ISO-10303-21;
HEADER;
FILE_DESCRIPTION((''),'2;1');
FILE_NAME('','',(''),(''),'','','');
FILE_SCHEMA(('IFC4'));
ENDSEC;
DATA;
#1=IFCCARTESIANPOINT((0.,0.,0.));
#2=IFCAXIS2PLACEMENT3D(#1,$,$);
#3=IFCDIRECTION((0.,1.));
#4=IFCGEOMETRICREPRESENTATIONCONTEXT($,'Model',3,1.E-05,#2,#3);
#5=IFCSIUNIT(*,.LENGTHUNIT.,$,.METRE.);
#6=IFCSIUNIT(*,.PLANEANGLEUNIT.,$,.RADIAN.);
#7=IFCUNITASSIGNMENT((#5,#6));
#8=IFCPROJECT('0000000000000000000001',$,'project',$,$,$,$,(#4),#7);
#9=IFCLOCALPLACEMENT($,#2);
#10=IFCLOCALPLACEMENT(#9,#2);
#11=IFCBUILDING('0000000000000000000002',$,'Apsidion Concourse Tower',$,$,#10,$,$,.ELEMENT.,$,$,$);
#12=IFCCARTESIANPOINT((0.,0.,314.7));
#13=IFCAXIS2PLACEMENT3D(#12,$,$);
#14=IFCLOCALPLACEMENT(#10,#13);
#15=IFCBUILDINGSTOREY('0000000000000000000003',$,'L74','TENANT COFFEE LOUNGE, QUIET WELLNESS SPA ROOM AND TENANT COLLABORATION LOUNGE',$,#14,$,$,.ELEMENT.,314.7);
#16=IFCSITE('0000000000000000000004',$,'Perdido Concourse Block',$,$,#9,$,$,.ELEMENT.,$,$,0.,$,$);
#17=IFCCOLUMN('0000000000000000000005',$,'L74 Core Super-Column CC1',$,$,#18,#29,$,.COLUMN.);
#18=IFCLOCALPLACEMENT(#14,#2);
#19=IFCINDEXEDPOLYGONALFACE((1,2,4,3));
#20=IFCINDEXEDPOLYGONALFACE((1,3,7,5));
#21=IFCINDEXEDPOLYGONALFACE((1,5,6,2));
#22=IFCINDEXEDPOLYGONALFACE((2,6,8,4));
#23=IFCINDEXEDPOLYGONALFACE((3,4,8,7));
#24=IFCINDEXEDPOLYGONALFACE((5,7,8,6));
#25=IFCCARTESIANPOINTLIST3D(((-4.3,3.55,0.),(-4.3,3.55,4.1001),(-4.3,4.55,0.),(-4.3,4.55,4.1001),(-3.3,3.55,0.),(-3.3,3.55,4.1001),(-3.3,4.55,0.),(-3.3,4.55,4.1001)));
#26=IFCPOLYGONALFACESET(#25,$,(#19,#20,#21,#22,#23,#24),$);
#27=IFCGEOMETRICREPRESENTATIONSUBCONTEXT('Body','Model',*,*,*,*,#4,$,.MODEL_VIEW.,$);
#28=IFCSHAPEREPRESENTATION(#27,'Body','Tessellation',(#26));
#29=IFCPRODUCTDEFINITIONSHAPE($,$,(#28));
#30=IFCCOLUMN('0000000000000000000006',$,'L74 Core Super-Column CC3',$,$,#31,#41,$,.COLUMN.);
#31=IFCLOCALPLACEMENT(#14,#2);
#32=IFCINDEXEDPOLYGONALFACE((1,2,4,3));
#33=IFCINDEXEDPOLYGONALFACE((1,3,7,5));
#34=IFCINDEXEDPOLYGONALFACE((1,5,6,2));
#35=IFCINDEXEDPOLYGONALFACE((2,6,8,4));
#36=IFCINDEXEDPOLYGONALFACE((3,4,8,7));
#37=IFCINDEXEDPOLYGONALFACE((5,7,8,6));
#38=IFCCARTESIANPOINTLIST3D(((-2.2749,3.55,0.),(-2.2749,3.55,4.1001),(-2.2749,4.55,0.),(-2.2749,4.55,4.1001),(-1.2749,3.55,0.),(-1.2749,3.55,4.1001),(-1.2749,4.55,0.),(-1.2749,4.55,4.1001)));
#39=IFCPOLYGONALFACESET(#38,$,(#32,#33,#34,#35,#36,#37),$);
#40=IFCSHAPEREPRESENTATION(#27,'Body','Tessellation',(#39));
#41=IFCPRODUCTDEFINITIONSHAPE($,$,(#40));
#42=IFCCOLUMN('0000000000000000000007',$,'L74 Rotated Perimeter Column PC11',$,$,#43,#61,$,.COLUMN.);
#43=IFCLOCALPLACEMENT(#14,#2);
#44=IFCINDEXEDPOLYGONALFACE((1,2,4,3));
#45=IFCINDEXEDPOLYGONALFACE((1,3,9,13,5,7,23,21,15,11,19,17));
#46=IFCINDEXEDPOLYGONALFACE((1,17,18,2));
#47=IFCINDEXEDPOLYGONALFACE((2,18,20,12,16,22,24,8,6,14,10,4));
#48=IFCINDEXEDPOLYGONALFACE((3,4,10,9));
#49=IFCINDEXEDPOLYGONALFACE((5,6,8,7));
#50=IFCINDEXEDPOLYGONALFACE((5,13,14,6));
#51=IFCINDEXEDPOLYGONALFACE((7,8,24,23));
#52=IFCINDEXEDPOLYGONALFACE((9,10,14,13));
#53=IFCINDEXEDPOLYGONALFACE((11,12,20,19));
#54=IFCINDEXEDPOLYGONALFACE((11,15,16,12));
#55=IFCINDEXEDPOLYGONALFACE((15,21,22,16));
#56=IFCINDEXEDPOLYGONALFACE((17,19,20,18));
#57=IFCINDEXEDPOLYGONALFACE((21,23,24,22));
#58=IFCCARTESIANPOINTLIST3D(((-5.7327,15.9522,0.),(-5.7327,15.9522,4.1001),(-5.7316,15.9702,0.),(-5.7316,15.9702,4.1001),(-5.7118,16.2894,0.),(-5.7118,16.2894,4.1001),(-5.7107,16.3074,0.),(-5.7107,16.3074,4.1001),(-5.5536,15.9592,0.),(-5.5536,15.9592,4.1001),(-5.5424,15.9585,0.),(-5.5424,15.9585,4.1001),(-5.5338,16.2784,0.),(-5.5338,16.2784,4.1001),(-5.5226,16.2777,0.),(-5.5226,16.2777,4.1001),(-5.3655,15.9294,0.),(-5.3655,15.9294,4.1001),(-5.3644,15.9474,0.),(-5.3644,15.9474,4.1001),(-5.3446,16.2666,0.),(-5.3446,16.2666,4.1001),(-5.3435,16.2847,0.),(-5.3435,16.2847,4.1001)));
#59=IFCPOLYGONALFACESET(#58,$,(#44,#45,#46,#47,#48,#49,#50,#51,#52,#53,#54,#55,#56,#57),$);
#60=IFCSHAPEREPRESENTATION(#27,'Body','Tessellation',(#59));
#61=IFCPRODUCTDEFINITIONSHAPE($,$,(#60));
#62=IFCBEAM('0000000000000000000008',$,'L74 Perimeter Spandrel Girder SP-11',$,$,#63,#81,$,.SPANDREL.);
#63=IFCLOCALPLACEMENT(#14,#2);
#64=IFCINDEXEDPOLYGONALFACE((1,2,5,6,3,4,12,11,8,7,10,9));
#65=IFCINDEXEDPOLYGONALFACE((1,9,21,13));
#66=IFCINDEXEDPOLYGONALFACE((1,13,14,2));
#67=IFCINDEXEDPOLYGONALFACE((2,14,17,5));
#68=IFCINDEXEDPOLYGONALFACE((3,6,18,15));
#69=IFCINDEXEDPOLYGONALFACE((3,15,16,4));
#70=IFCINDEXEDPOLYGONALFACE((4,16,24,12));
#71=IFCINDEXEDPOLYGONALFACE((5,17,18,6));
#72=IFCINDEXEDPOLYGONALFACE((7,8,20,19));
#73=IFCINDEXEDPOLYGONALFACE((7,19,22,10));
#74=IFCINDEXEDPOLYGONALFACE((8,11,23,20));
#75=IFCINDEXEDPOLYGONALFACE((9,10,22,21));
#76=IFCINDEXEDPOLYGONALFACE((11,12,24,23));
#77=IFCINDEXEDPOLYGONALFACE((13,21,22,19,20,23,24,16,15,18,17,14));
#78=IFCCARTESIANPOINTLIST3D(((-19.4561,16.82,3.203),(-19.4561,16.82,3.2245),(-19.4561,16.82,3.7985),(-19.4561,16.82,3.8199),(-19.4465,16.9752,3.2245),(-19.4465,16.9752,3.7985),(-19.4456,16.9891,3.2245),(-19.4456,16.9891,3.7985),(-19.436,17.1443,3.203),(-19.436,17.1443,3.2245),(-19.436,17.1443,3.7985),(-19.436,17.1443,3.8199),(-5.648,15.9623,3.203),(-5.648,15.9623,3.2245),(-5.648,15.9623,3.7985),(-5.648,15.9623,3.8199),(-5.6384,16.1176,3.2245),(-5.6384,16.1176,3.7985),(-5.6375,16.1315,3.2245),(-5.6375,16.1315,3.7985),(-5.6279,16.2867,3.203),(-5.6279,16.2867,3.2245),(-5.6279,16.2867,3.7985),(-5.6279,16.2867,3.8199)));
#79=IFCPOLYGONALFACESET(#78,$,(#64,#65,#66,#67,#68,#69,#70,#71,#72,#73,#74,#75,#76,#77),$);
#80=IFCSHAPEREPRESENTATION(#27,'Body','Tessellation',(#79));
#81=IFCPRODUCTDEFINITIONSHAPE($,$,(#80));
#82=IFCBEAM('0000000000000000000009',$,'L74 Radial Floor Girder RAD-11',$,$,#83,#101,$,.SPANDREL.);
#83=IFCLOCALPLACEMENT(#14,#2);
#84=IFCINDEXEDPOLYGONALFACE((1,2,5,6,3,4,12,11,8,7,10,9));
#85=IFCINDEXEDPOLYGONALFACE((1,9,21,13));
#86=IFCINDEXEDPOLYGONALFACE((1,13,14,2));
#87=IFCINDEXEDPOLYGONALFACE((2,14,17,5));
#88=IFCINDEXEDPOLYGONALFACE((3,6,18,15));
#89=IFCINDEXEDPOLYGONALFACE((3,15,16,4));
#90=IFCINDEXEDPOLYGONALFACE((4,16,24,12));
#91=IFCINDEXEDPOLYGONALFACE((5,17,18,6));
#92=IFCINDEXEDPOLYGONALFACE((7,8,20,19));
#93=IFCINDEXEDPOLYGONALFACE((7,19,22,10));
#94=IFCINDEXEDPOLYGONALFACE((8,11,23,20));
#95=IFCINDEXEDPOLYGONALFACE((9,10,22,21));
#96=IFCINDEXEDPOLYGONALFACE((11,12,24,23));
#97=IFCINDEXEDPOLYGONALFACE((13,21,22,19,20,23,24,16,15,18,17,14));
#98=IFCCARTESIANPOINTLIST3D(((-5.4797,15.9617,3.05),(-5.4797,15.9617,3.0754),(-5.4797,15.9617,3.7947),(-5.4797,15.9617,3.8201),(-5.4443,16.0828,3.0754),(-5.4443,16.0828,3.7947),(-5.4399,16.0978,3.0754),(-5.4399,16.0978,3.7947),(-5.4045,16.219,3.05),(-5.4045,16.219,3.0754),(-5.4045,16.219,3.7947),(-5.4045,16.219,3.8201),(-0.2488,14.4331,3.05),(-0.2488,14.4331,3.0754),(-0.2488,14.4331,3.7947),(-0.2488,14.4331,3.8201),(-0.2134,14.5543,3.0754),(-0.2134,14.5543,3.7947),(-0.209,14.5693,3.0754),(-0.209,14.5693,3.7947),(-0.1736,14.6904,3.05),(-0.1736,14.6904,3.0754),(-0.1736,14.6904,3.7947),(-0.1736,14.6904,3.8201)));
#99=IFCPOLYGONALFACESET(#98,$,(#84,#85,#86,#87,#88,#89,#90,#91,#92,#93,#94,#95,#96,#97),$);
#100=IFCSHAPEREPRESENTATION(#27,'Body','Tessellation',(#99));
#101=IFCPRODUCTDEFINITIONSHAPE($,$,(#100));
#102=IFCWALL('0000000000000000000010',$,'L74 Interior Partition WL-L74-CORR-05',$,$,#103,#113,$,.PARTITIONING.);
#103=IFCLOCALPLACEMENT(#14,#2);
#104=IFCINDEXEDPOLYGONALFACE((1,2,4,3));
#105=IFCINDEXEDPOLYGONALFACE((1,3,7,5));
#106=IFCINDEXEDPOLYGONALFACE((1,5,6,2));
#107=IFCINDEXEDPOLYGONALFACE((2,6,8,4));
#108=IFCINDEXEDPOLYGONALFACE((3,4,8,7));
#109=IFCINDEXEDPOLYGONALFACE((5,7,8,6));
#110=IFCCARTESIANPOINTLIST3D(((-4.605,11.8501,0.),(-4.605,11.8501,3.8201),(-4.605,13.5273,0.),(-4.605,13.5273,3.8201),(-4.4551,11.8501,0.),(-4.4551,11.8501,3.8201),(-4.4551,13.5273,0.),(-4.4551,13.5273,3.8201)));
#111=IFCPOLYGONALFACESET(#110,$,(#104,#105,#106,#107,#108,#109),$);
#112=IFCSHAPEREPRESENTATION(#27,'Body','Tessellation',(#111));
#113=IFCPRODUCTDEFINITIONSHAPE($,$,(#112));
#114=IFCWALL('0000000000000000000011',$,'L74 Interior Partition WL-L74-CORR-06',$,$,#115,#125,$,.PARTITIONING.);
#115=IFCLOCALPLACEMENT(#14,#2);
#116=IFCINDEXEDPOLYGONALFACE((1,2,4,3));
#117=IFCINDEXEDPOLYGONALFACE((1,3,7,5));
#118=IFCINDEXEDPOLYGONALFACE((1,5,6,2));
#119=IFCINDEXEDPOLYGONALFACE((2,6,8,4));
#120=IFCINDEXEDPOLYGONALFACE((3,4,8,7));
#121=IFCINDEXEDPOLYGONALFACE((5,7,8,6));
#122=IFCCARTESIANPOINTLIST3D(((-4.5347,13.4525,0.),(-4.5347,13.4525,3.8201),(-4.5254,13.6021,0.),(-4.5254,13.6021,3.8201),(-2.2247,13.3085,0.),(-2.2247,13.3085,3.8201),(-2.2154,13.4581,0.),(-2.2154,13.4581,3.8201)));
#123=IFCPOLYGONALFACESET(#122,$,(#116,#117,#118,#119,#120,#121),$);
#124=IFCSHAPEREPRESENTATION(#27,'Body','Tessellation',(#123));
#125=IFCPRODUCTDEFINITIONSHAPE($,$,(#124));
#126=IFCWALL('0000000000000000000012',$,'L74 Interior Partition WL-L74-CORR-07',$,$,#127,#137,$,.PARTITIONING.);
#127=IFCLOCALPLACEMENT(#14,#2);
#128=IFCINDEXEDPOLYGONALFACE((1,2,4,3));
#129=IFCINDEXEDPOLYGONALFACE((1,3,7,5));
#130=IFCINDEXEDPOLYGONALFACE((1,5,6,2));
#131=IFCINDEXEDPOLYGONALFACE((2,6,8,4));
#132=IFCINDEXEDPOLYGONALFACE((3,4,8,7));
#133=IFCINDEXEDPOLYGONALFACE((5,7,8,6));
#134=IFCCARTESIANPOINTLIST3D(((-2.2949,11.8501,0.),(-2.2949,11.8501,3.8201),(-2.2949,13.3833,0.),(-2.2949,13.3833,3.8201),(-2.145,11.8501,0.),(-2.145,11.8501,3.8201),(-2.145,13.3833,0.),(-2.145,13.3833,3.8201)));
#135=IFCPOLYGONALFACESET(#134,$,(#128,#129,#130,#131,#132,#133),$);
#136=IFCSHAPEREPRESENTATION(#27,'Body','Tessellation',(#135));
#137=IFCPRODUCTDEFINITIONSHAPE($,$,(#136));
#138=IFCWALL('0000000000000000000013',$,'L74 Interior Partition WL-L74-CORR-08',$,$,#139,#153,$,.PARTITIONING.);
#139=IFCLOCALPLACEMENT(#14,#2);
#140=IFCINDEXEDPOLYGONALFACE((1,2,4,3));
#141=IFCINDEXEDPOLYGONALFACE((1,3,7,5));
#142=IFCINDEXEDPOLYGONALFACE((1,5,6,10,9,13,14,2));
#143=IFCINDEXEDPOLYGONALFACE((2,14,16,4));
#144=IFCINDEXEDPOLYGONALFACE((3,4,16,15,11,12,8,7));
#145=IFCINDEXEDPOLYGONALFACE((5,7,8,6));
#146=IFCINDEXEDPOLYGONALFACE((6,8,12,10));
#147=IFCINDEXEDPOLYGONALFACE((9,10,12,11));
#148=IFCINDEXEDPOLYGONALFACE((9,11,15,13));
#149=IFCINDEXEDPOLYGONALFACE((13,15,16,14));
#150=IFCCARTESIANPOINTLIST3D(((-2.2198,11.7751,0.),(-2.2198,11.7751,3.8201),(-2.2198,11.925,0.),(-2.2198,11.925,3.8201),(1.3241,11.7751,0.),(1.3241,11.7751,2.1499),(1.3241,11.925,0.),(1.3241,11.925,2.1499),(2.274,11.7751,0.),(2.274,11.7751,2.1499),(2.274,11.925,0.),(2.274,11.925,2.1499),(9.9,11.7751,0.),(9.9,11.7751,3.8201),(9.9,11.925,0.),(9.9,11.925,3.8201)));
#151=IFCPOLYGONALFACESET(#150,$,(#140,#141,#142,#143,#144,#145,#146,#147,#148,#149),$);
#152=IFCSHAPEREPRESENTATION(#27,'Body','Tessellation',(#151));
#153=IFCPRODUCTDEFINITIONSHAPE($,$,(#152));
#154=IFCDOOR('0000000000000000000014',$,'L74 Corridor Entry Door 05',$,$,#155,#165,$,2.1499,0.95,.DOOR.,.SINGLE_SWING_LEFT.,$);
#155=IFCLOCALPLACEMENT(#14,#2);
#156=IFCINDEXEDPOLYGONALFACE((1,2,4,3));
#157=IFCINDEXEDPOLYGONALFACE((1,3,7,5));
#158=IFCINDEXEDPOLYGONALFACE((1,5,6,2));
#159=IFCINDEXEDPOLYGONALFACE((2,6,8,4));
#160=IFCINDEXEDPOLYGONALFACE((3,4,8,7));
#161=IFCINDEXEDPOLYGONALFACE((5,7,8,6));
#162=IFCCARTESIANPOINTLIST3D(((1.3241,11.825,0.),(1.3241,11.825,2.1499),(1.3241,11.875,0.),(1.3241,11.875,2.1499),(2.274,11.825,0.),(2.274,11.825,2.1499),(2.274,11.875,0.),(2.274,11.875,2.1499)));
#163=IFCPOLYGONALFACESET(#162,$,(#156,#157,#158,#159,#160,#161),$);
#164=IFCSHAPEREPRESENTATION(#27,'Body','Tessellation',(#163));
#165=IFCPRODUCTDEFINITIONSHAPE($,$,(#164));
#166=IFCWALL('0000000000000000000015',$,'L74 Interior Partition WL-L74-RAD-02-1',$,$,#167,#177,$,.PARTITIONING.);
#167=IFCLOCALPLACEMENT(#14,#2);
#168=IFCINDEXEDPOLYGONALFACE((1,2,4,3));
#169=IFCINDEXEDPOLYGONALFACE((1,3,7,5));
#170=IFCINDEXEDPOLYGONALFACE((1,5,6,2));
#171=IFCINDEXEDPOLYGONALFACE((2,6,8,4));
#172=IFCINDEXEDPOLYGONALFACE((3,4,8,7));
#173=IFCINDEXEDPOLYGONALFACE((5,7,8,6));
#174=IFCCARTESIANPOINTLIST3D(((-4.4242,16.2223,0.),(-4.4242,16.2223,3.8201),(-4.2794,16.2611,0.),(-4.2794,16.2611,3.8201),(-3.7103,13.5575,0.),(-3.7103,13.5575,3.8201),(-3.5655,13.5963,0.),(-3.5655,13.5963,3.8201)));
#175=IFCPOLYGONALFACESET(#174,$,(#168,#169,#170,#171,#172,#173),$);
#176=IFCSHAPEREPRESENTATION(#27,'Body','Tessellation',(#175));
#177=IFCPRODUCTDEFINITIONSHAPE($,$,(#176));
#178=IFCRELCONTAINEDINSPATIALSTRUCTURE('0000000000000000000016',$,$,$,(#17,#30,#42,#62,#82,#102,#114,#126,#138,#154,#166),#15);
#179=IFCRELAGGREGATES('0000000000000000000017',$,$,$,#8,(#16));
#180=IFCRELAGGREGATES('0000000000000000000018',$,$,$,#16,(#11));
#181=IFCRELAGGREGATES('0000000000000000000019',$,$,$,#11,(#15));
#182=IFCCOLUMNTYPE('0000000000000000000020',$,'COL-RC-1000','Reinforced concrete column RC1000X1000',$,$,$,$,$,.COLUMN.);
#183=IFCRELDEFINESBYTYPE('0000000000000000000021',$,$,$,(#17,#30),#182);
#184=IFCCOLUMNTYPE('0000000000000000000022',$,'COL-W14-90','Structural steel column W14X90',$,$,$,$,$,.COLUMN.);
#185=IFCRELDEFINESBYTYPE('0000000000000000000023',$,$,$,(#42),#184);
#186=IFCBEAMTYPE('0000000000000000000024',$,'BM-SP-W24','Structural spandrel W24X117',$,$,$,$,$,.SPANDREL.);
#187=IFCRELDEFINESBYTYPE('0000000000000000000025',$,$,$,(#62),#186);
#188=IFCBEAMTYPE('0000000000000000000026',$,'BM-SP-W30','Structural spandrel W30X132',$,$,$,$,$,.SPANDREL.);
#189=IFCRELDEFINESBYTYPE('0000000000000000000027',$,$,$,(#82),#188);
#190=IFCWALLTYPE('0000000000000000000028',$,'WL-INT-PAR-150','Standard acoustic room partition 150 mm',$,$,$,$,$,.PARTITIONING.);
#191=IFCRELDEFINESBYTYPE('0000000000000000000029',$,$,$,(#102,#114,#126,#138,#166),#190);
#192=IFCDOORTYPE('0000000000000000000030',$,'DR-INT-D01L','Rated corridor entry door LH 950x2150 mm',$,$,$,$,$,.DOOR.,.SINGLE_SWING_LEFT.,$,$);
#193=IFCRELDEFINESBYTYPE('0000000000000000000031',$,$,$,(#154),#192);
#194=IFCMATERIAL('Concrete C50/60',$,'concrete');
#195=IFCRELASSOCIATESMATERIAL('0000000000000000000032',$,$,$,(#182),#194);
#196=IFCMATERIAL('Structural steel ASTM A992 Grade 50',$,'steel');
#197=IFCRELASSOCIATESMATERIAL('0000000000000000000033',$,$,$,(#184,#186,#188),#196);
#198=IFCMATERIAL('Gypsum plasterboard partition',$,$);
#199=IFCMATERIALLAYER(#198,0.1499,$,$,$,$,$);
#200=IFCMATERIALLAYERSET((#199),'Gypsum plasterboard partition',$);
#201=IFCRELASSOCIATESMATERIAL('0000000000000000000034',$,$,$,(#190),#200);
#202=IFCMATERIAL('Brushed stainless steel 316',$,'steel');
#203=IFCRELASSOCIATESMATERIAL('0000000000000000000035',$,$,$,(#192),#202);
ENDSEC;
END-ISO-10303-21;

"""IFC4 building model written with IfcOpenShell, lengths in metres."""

from ifc_helpers import new_model, si_unit, direction, frame, frame_2d, origin, origin_2d, place, context, subcontext, project, spatial, rectangle, i_section, extrude, material, layer, layer_set, material_profile, profile_set, type_object, element, fill, save


model = new_model("IFC4")

# Units and contexts
model_context = context("Model", 3, precision=1e-05, world=origin(), true_north=direction((0.0, 1.0)))
body_context = subcontext(model_context, "Body", "Model", "MODEL_VIEW")
ifc_project = project(units=[si_unit("LENGTHUNIT", "METRE"), si_unit("PLANEANGLEUNIT", "RADIAN")], contexts=[model_context])

# Site, building, storey
site_placement = place(None, origin())
site = spatial("IfcSite", under=ifc_project, at=site_placement, Name="Perdido Concourse Block", CompositionType="ELEMENT", RefElevation=0.0)
building_placement = place(site_placement, origin())
building = spatial("IfcBuilding", under=site, at=building_placement, Name="Apsidion Concourse Tower", CompositionType="ELEMENT")
storey_placement = place(building_placement, frame((0.0, 0.0, 314.7)))
storey = spatial("IfcBuildingStorey", under=building, at=storey_placement, Name="L74", Description="TENANT COFFEE LOUNGE, QUIET WELLNESS SPA ROOM AND TENANT COLLABORATION LOUNGE", CompositionType="ELEMENT", Elevation=314.7)

# Columns
ifc_material_1 = material(Name="Concrete C50/60", Category="concrete")
ifc_material_profile_1 = material_profile(ifc_material_1, rectangle(XDim=1.0, YDim=1.0, at=origin_2d()), Name="RC 1000x1000")
ifc_profile_set_1 = profile_set([ifc_material_profile_1], Name="Concrete C50/60")
column_type_1 = type_object("IfcColumnType", Name="COL-RC-1000", Description="Reinforced concrete column RC1000X1000", PredefinedType="COLUMN", material=ifc_profile_set_1)
for number, where, z_axis, x_axis, name in (
    (1, (-3.8, 4.05, 0.0), (0.0, 0.0, 1.0), (1.0, 0.0, 0.0), "L74 Core Super-Column CC1"),
    (2, (-1.7749, 4.05, 0.0), (0.0, 0.0, 1.0), (1.0, 0.0, 0.0), "L74 Core Super-Column CC3"),
):
    element("IfcColumn", number, at=place(storey_placement, frame(where, z_axis=z_axis, x_axis=x_axis)), inside=storey, type_object=column_type_1, Name=name, PredefinedType="COLUMN", context=body_context, shape_type="SweptSolid", body=[
        extrude(rectangle(XDim=1.0, YDim=1.0, at=origin_2d()), origin(), (0.0, 0.0, 1.0), 4.1001),
    ])
ifc_material_2 = material(Name="Structural steel ASTM A992 Grade 50", Category="steel")
ifc_material_profile_2 = material_profile(ifc_material_2, i_section(OverallWidth=0.3679, OverallDepth=0.356, WebThickness=0.0112, FlangeThickness=0.0181, at=origin_2d()), Name="W14X90")
ifc_profile_set_2 = profile_set([ifc_material_profile_2], Name="Structural steel ASTM A992 Grade 50")
column_type_2 = type_object("IfcColumnType", Name="COL-W14-90", Description="Structural steel column W14X90", PredefinedType="COLUMN", material=ifc_profile_set_2)
column_placement = place(storey_placement, frame((-5.5381, 16.1184, 0.0), z_axis=(0.0, 0.0, 1.0), x_axis=(-0.998081, 0.06192, 0.0)))
element("IfcColumn", 3, at=column_placement, inside=storey, type_object=column_type_2, Name="L74 Rotated Perimeter Column PC11", PredefinedType="COLUMN", context=body_context, shape_type="SweptSolid", body=[
    extrude(i_section(OverallWidth=0.3679, OverallDepth=0.356, WebThickness=0.0112, FlangeThickness=0.0181, at=origin_2d()), origin(), (0.0, 0.0, 1.0), 4.1001),
])

# Beams
ifc_material_profile_3 = material_profile(ifc_material_2, i_section(OverallWidth=0.325, OverallDepth=0.6169, WebThickness=0.0139, FlangeThickness=0.0215, at=origin_2d()), Name="W24X117")
ifc_profile_set_3 = profile_set([ifc_material_profile_3], Name="Structural steel ASTM A992 Grade 50")
beam_type_1 = type_object("IfcBeamType", Name="BM-SP-W24", Description="Structural spandrel W24X117", PredefinedType="SPANDREL", material=ifc_profile_set_3)
beam_1_placement = place(storey_placement, frame((-5.6379, 16.1245, 3.5115), z_axis=(-0.998077, 0.061994, 0.0), x_axis=(-0.061994, -0.998077, 0.0)))
element("IfcBeam", 4, at=beam_1_placement, inside=storey, type_object=beam_type_1, Name="L74 Perimeter Spandrel Girder SP-11", PredefinedType="SPANDREL", context=body_context, shape_type="SweptSolid", body=[
    extrude(i_section(OverallWidth=0.325, OverallDepth=0.6169, WebThickness=0.0139, FlangeThickness=0.0215, at=origin_2d()), origin(), (0.0, 0.0, 1.0), 13.8347),
])
ifc_material_profile_4 = material_profile(ifc_material_2, i_section(OverallWidth=0.2681, OverallDepth=0.77, WebThickness=0.0156, FlangeThickness=0.0254, at=origin_2d()), Name="W30X132")
ifc_profile_set_4 = profile_set([ifc_material_profile_4], Name="Structural steel ASTM A992 Grade 50")
beam_type_2 = type_object("IfcBeamType", Name="BM-SP-W30", Description="Structural spandrel W30X132", PredefinedType="SPANDREL", material=ifc_profile_set_4)
beam_2_placement = place(storey_placement, frame((-0.2112, 14.5618, 3.4351), z_axis=(-0.959858, 0.280485, 0.0), x_axis=(-0.280485, -0.959858, 0.0)))
element("IfcBeam", 5, at=beam_2_placement, inside=storey, type_object=beam_type_2, Name="L74 Radial Floor Girder RAD-11", PredefinedType="SPANDREL", context=body_context, shape_type="SweptSolid", body=[
    extrude(i_section(OverallWidth=0.2681, OverallDepth=0.77, WebThickness=0.0156, FlangeThickness=0.0254, at=origin_2d()), origin(), (0.0, 0.0, 1.0), 5.4497),
])

# Walls
ifc_material_3 = material(Name="Gypsum plasterboard partition")
ifc_layer_1 = layer(ifc_material_3, 0.1499)
ifc_layer_set_1 = layer_set([ifc_layer_1], Name="Gypsum plasterboard partition")
wall_type_1 = type_object("IfcWallType", Name="WL-INT-PAR-150", Description="Standard acoustic room partition 150 mm", PredefinedType="PARTITIONING", material=ifc_layer_set_1)
wall_1_placement = place(storey_placement, frame((-4.53, 11.8501, 0.0), z_axis=(0.0, 0.0, 1.0), x_axis=(0.0, 1.0, 0.0)))
element("IfcWall", 6, at=wall_1_placement, inside=storey, type_object=wall_type_1, Name="L74 Interior Partition WL-L74-CORR-05", PredefinedType="PARTITIONING", context=body_context, shape_type="SweptSolid", body=[
    extrude(rectangle(XDim=1.6772, YDim=0.1499, at=frame_2d((0.8386, 0.0))), origin(), (0.0, 0.0, 1.0), 3.8201),
])
wall_2_placement = place(storey_placement, frame((-4.53, 13.5273, 0.0), z_axis=(0.0, 0.0, 1.0), x_axis=(0.998062, -0.062234, 0.0)))
element("IfcWall", 7, at=wall_2_placement, inside=storey, type_object=wall_type_1, Name="L74 Interior Partition WL-L74-CORR-06", PredefinedType="PARTITIONING", context=body_context, shape_type="SweptSolid", body=[
    extrude(rectangle(XDim=2.3145, YDim=0.1499, at=frame_2d((1.1572, 0.0))), origin(), (0.0, 0.0, 1.0), 3.8201),
])
wall_3_placement = place(storey_placement, frame((-2.22, 13.3833, 0.0), z_axis=(0.0, 0.0, 1.0), x_axis=(0.0, -1.0, 0.0)))
element("IfcWall", 8, at=wall_3_placement, inside=storey, type_object=wall_type_1, Name="L74 Interior Partition WL-L74-CORR-07", PredefinedType="PARTITIONING", context=body_context, shape_type="SweptSolid", body=[
    extrude(rectangle(XDim=1.5332, YDim=0.1499, at=frame_2d((0.7666, 0.0))), origin(), (0.0, 0.0, 1.0), 3.8201),
])

# Wall, opening, door
wall_4_placement = place(storey_placement, frame((-2.22, 11.8501, 0.0), z_axis=(0.0, 0.0, 1.0), x_axis=(1.0, 0.0, 0.0)))
wall_4 = element("IfcWall", 9, at=wall_4_placement, inside=storey, type_object=wall_type_1, Name="L74 Interior Partition WL-L74-CORR-08", PredefinedType="PARTITIONING", context=body_context, shape_type="SweptSolid", body=[
    extrude(rectangle(XDim=12.1199, YDim=0.1499, at=frame_2d((6.0601, 0.0))), origin(), (0.0, 0.0, 1.0), 3.8201),
])
opening_placement = place(wall_4_placement, frame((3.5439, 0.0, 0.0)))
opening = element("IfcOpeningElement", 10, at=opening_placement, cuts=wall_4, PredefinedType="OPENING", context=body_context, shape_type="SweptSolid", body=[
    extrude(rectangle(XDim=0.95, YDim=2.1499, at=frame_2d((0.4751, 1.075))), frame((0.0, 0.085, 0.0), z_axis=(0.0, -1.0, 0.0), x_axis=(1.0, 0.0, 0.0)), (0.0, 0.0, 1.0), 0.1699),
])
ifc_material_4 = material(Name="Brushed stainless steel 316", Category="steel")
door_type = type_object("IfcDoorType", Name="DR-INT-D01L", Description="Rated corridor entry door LH 950x2150 mm", OperationType="SINGLE_SWING_LEFT", PredefinedType="DOOR", material=ifc_material_4)
door_placement = place(opening_placement, origin())
door = element("IfcDoor", 11, at=door_placement, inside=storey, type_object=door_type, Name="L74 Corridor Entry Door 05", OperationType="SINGLE_SWING_LEFT", OverallHeight=2.1499, OverallWidth=0.95, PredefinedType="DOOR", context=body_context, shape_type="SweptSolid", body=[
    extrude(rectangle(XDim=0.95, YDim=2.1499, at=frame_2d((0.4751, 1.075))), frame((0.0, 0.0249, 0.0), z_axis=(0.0, -1.0, 0.0), x_axis=(1.0, 0.0, 0.0)), (0.0, 0.0, 1.0), 0.05),
])
fill(opening, door)

# Wall
wall_5_placement = place(storey_placement, frame((-3.6379, 13.5769, 0.0), z_axis=(0.0, 0.0, 1.0), x_axis=(-0.258764, 0.965941, 0.0)))
element("IfcWall", 12, at=wall_5_placement, inside=storey, type_object=wall_type_1, Name="L74 Interior Partition WL-L74-RAD-02-1", PredefinedType="PARTITIONING", context=body_context, shape_type="SweptSolid", body=[
    extrude(rectangle(XDim=2.7588, YDim=0.1499, at=frame_2d((1.3794, 0.0))), origin(), (0.0, 0.0, 1.0), 3.8201),
])

save(model, "model.ifc")
